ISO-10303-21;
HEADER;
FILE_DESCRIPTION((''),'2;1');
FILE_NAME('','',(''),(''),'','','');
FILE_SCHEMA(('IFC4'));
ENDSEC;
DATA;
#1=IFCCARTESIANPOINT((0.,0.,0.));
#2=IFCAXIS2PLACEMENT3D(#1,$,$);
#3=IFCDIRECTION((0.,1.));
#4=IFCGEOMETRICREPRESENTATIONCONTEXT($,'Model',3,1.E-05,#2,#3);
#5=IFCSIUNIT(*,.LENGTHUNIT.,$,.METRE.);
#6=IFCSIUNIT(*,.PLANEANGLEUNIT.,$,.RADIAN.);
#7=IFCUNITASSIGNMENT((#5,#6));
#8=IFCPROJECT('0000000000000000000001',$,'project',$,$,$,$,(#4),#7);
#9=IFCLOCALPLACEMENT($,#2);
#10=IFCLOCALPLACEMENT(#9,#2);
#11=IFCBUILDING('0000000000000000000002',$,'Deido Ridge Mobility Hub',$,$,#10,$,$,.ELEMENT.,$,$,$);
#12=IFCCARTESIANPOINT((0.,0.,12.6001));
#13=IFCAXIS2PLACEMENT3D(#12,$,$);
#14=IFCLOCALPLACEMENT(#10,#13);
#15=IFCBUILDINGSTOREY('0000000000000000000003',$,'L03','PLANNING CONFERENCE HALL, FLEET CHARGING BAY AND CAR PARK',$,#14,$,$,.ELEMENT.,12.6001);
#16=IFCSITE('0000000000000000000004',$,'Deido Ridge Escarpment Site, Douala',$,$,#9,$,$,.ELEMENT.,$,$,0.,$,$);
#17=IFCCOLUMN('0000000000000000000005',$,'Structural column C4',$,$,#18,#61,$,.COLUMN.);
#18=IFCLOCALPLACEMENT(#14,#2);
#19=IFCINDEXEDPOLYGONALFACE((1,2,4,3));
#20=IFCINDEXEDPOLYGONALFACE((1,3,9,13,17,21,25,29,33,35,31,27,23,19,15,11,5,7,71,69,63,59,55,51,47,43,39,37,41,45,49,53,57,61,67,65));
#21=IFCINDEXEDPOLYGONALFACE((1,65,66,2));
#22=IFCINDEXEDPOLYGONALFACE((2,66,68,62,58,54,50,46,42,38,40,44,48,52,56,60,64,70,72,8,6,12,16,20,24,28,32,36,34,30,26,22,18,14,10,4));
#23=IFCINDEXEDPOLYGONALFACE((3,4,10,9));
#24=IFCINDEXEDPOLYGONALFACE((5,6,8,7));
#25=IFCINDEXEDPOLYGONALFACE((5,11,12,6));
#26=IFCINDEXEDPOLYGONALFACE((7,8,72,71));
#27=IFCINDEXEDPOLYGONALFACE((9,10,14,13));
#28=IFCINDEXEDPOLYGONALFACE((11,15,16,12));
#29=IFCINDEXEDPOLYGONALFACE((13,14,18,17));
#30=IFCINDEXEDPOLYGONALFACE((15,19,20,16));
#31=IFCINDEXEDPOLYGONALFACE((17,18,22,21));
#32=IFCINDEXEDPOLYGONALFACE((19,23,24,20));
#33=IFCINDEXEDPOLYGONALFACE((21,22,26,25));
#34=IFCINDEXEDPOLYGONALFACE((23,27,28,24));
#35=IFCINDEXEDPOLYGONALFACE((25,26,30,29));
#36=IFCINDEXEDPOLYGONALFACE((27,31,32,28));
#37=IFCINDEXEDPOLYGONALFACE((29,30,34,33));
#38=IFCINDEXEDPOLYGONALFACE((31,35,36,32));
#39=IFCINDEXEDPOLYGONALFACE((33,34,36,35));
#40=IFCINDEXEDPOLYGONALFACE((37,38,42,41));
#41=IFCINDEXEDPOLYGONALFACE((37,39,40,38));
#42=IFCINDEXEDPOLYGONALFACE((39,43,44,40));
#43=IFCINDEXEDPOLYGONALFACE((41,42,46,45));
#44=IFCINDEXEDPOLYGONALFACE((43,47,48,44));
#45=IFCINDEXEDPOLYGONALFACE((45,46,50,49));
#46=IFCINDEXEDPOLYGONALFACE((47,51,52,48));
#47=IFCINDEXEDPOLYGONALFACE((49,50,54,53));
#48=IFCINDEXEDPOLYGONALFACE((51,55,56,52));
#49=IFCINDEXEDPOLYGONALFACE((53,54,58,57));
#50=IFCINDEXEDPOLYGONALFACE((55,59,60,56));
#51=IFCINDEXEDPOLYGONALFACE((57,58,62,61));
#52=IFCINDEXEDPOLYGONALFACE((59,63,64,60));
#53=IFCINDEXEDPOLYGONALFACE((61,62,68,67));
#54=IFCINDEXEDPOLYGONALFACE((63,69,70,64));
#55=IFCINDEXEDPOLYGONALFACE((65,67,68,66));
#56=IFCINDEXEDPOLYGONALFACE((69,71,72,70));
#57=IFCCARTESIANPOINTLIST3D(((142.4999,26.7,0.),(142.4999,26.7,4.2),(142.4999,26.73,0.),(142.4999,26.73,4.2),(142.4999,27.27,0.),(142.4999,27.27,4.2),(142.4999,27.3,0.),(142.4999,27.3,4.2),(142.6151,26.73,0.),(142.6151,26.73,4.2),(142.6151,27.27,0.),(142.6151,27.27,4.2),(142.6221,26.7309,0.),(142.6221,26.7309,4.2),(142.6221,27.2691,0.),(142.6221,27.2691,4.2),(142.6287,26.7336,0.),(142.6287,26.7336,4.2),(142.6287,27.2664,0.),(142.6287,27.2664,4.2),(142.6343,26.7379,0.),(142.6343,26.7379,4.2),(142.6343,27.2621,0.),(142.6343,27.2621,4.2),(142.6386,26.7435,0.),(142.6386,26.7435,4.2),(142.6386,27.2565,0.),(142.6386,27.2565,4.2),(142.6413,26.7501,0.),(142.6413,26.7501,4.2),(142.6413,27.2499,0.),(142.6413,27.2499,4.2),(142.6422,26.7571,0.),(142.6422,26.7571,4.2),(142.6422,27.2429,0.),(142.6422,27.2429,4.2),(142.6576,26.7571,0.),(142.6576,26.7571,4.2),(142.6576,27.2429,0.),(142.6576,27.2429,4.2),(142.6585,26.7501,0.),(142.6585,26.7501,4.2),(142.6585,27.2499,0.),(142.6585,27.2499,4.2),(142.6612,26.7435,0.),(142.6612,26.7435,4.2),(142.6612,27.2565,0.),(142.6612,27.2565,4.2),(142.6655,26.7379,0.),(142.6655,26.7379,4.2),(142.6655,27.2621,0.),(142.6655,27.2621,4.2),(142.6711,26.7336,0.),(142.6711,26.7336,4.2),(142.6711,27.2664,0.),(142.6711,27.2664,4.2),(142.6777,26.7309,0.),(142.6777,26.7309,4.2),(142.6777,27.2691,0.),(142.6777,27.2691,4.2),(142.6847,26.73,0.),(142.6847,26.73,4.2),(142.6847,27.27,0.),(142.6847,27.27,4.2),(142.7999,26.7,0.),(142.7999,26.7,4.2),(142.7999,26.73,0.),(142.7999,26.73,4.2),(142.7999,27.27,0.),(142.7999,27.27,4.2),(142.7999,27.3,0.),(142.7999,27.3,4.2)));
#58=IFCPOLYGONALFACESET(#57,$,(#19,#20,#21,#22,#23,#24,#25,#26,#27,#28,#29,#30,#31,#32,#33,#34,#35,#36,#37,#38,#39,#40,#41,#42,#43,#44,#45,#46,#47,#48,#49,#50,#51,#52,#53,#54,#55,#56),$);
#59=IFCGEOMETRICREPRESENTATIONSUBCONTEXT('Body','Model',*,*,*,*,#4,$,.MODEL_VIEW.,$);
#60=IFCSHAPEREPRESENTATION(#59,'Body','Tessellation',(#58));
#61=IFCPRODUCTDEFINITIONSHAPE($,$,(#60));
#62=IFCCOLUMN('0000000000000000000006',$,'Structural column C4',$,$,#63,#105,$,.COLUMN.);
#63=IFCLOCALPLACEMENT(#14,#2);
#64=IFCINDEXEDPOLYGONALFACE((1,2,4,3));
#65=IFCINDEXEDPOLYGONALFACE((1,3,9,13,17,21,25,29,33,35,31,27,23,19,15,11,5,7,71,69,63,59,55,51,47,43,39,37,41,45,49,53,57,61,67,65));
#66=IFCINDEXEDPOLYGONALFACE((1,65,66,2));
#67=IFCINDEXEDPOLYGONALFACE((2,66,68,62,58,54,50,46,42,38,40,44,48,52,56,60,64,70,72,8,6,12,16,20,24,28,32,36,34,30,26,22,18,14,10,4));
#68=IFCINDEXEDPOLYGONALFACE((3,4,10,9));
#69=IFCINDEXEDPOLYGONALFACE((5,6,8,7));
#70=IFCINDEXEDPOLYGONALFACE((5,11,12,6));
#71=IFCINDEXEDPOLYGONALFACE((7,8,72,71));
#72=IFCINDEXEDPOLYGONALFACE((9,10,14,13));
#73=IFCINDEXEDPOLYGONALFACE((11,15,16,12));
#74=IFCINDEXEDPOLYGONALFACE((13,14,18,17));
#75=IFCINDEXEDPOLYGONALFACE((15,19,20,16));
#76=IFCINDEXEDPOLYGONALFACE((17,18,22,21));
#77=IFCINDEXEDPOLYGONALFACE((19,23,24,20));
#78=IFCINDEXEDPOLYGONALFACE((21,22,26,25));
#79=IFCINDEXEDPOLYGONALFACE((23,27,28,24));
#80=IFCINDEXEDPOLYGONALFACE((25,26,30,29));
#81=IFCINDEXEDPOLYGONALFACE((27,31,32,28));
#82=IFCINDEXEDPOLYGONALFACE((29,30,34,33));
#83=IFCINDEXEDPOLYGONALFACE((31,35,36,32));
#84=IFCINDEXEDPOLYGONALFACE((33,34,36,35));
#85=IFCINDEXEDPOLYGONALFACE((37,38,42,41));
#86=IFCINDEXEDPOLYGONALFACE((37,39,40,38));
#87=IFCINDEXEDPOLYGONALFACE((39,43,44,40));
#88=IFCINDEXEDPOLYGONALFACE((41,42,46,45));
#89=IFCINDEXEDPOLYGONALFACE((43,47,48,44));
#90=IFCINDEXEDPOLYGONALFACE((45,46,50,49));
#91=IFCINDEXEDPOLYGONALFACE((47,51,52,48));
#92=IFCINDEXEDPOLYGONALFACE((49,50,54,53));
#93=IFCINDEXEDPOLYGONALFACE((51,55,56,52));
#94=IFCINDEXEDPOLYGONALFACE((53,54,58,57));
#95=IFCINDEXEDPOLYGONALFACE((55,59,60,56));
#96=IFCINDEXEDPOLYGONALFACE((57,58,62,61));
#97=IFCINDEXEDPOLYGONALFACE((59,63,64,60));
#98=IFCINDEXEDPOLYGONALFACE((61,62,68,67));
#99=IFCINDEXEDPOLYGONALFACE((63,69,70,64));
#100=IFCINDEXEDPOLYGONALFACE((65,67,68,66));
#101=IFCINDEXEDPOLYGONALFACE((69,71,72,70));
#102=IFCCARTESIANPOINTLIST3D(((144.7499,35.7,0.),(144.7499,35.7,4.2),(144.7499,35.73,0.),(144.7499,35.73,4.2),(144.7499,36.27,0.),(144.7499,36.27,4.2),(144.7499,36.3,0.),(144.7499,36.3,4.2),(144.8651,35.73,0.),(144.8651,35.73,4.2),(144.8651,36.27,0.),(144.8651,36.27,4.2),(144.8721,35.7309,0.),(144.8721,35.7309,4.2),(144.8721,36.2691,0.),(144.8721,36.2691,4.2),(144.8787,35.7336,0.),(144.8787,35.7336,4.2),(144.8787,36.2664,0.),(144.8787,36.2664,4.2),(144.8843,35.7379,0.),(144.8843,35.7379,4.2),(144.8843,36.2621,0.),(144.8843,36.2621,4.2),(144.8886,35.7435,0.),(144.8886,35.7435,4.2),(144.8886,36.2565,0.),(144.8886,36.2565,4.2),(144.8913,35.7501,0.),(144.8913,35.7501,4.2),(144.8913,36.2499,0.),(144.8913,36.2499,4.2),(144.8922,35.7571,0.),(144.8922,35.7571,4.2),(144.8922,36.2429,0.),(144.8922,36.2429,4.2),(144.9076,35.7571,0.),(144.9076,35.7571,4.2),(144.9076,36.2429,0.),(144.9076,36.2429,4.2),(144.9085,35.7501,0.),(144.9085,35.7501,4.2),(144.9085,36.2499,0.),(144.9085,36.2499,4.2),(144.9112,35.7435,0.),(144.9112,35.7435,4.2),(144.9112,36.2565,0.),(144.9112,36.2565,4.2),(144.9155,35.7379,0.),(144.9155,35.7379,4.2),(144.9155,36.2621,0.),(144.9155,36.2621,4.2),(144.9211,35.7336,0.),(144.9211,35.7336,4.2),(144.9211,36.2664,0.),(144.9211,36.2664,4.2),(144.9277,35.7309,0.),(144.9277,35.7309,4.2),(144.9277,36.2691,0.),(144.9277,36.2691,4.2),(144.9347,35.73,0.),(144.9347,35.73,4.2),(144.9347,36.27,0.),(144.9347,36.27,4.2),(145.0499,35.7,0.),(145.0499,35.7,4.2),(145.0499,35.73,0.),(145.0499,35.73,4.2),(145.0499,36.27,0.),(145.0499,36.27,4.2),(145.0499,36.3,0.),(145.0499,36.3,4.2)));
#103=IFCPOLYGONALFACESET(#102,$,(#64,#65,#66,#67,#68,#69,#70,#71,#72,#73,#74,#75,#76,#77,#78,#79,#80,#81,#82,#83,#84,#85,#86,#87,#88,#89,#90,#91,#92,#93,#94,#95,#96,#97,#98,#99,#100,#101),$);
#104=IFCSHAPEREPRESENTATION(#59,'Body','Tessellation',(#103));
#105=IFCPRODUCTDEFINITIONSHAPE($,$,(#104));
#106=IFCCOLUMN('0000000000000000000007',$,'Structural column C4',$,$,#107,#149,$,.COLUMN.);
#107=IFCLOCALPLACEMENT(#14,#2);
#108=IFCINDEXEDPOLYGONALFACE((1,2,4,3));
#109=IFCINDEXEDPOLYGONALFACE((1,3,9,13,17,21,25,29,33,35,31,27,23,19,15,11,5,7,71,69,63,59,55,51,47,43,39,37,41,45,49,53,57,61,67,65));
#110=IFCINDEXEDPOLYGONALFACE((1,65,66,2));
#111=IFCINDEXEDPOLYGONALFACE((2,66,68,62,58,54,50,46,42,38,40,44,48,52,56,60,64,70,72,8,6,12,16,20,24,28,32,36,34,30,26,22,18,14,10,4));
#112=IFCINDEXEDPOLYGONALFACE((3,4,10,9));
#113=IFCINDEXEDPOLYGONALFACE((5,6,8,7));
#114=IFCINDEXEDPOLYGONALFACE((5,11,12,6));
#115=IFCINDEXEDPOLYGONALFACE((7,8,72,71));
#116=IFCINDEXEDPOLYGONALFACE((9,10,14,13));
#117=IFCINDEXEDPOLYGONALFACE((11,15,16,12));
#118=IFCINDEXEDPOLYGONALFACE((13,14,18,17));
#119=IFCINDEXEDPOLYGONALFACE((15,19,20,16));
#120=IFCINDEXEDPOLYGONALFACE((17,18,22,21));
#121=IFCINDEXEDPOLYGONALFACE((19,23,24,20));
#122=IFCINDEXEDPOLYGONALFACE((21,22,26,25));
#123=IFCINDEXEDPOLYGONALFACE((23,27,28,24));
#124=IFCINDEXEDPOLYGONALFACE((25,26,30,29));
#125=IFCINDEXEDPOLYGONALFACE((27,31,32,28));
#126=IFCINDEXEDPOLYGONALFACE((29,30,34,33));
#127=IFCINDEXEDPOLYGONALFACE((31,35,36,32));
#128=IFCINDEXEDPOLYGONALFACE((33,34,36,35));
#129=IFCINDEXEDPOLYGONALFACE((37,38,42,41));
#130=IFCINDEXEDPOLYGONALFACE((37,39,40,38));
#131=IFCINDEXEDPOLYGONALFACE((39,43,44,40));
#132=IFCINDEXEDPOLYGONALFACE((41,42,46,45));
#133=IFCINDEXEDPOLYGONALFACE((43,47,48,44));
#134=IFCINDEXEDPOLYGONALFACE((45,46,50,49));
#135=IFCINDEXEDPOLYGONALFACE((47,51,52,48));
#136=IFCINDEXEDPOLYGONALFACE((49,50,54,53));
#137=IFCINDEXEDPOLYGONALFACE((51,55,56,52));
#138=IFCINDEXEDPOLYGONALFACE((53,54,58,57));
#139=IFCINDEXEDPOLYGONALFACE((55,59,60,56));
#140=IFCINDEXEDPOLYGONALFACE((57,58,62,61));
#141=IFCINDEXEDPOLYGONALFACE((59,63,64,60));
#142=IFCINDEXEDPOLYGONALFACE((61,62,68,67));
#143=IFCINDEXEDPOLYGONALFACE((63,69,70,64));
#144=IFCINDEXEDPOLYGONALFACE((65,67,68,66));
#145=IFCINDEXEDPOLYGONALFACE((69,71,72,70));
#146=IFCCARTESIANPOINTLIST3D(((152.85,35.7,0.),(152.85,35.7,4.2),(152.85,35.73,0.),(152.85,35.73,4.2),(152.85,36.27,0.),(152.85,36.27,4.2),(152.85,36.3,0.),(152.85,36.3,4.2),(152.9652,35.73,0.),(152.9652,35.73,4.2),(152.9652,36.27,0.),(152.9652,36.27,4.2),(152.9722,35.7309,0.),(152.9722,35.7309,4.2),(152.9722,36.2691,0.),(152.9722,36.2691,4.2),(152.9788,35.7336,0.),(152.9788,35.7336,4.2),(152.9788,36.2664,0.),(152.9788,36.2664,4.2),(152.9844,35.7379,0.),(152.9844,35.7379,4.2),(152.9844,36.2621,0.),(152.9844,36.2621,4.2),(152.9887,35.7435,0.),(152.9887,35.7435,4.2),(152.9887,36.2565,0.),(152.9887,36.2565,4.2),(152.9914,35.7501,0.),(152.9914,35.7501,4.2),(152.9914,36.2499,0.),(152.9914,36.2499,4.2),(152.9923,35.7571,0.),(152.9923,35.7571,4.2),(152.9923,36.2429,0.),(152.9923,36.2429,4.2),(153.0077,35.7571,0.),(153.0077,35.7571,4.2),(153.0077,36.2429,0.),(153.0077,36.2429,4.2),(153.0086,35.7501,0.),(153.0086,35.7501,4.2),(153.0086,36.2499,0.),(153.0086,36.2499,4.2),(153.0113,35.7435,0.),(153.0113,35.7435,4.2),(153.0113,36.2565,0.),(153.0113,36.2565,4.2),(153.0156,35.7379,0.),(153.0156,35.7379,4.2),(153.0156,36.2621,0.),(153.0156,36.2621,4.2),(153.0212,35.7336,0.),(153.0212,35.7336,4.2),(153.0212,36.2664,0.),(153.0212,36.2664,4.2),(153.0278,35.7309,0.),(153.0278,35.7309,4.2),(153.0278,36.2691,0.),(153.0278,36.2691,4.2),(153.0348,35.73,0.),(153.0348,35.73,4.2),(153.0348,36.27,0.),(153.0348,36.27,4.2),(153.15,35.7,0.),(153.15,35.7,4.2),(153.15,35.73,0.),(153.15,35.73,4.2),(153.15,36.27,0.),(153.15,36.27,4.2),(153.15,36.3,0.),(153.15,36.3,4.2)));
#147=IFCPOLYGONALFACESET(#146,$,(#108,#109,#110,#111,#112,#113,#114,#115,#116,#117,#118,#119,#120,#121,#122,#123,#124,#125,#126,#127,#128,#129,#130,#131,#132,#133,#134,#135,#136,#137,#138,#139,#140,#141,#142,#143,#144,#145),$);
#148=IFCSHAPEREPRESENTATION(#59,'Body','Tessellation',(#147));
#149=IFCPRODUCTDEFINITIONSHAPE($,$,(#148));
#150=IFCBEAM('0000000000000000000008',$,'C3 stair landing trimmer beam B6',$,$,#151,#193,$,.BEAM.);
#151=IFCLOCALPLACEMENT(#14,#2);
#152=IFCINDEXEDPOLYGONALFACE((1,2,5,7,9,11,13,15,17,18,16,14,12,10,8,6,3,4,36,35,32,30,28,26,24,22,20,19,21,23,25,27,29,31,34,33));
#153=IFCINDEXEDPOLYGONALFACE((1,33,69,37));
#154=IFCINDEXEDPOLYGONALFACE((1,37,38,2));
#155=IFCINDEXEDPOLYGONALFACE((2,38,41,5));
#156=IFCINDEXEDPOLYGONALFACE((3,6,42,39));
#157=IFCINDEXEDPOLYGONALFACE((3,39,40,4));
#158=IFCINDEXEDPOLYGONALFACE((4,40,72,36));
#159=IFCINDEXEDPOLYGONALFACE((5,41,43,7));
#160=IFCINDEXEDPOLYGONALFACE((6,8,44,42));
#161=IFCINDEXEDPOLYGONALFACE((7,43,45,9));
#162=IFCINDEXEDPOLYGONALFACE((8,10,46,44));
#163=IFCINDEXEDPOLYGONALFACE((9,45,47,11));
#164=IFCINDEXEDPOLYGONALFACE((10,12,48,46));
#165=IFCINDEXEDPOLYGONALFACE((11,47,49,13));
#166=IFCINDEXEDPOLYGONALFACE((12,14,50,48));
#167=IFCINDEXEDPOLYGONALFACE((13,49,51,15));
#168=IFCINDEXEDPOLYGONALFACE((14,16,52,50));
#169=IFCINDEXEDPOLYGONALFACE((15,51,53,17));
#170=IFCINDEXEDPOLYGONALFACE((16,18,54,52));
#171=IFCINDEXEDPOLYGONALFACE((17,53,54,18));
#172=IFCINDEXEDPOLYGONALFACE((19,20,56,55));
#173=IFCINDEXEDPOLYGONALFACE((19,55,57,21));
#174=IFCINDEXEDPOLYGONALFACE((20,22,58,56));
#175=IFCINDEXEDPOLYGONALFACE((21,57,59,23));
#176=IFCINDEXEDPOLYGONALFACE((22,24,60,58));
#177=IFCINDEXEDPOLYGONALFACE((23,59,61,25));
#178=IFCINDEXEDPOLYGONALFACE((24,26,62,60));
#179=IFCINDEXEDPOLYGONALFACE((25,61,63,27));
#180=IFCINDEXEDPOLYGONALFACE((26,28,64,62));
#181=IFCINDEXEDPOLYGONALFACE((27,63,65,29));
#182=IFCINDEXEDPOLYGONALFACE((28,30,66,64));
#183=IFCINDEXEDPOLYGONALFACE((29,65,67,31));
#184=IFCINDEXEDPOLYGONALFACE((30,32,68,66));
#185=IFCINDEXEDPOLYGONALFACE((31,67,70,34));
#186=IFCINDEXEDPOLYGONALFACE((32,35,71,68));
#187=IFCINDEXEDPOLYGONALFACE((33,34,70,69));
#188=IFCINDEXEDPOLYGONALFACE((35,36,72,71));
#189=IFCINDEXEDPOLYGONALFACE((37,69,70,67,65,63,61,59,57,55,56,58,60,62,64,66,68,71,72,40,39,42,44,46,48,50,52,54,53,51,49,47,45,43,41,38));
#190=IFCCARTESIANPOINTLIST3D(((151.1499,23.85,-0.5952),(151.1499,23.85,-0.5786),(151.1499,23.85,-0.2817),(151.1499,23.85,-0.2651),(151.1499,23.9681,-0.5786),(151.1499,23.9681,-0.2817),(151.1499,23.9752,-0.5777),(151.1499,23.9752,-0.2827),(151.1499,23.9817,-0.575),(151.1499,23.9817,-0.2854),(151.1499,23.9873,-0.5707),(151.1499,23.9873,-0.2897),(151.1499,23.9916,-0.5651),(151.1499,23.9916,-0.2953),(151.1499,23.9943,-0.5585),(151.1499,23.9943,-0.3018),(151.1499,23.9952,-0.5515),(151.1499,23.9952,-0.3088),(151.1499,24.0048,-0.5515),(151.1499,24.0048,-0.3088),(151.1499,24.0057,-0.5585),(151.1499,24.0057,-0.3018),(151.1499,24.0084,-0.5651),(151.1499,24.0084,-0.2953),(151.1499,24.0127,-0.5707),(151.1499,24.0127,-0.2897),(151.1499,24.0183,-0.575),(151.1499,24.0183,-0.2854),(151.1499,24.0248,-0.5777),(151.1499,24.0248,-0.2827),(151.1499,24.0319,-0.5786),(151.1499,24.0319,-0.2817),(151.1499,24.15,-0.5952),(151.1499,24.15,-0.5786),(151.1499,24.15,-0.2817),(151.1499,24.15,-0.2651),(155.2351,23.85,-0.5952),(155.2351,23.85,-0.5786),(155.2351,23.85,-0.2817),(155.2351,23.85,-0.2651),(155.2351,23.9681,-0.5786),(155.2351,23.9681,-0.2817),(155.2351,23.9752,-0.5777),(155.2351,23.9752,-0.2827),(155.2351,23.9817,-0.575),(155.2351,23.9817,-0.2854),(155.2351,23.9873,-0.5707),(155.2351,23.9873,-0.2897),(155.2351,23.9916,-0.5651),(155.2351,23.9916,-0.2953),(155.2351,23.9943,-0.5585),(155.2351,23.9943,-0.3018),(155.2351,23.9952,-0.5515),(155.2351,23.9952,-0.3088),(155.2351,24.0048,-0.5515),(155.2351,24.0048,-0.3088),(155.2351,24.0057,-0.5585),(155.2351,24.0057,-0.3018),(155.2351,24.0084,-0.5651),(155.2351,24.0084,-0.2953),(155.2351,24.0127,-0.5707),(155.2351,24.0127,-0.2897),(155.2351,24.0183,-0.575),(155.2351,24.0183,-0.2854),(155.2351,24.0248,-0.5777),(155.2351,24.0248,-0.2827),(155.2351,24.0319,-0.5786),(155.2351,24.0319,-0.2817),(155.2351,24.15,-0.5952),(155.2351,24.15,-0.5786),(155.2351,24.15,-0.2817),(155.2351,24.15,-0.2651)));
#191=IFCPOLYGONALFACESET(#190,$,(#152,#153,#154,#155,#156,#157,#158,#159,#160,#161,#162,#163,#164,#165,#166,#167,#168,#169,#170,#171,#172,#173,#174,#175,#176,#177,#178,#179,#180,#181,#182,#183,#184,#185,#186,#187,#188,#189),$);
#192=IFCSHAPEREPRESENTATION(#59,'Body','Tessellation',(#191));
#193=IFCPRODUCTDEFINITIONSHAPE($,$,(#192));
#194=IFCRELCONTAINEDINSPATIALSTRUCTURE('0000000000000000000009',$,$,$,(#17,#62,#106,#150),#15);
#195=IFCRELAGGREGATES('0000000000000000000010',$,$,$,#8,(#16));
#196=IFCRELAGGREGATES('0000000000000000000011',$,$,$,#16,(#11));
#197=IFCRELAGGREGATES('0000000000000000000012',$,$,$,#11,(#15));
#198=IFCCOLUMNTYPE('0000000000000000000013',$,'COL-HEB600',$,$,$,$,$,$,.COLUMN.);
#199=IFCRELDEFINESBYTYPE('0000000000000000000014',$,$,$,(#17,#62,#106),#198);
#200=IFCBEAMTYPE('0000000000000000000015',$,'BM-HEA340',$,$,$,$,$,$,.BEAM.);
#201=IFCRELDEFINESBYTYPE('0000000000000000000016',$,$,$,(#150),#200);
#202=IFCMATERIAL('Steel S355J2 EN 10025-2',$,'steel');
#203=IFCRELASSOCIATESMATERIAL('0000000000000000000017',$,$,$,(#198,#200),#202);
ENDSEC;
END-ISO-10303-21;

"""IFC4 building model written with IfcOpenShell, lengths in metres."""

from ifc_helpers import new_model, si_unit, direction, frame, origin, origin_2d, place, context, subcontext, project, spatial, i_section, extrude, material, material_profile, profile_set, type_object, element, save


model = new_model("IFC4")

# Units and contexts
model_context = context("Model", 3, precision=1e-05, world=origin(), true_north=direction((0.0, 1.0)))
body_context = subcontext(model_context, "Body", "Model", "MODEL_VIEW")
ifc_project = project(units=[si_unit("LENGTHUNIT", "METRE"), si_unit("PLANEANGLEUNIT", "RADIAN")], contexts=[model_context])

# Site, building, storey
site_placement = place(None, origin())
site = spatial("IfcSite", under=ifc_project, at=site_placement, Name="Deido Ridge Escarpment Site, Douala", CompositionType="ELEMENT", RefElevation=0.0)
building_placement = place(site_placement, origin())
building = spatial("IfcBuilding", under=site, at=building_placement, Name="Deido Ridge Mobility Hub", CompositionType="ELEMENT")
storey_placement = place(building_placement, frame((0.0, 0.0, 12.6001)))
storey = spatial("IfcBuildingStorey", under=building, at=storey_placement, Name="L03", Description="PLANNING CONFERENCE HALL, FLEET CHARGING BAY AND CAR PARK", CompositionType="ELEMENT", Elevation=12.6001)

# Columns
ifc_material_1 = material(Name="Steel S355J2 EN 10025-2", Category="steel")
ifc_material_profile_1 = material_profile(ifc_material_1, i_section(OverallWidth=0.3, OverallDepth=0.6001, WebThickness=0.0154, FlangeThickness=0.03, FilletRadius=0.0271, at=origin_2d()), Name="HEB 600")
ifc_profile_set_1 = profile_set([ifc_material_profile_1], Name="Steel S355J2 EN 10025-2")
column_type_1 = type_object("IfcColumnType", Name="COL-HEB600", PredefinedType="COLUMN", material=ifc_profile_set_1)
for number, where, z_axis, x_axis, name in (
    (1, (142.6499, 27.0, 0.0), (0.0, 0.0, 1.0), (1.0, 0.0, 0.0), "Structural column C4"),
    (2, (144.8999, 36.0, 0.0), (0.0, 0.0, 1.0), (1.0, 0.0, 0.0), "Structural column C4"),
    (3, (153.0, 36.0, 0.0), (0.0, 0.0, 1.0), (1.0, 0.0, 0.0), "Structural column C4"),
):
    element("IfcColumn", number, at=place(storey_placement, frame(where, z_axis=z_axis, x_axis=x_axis)), inside=storey, type_object=column_type_1, Name=name, PredefinedType="COLUMN", context=body_context, shape_type="SweptSolid", body=[
        extrude(i_section(OverallWidth=0.3, OverallDepth=0.6001, WebThickness=0.0154, FlangeThickness=0.03, FilletRadius=0.0271, at=origin_2d()), origin(), (0.0, 0.0, 1.0), 4.2),
    ])

# Beam
ifc_material_profile_2 = material_profile(ifc_material_1, i_section(OverallWidth=0.3, OverallDepth=0.3301, WebThickness=0.0095, FlangeThickness=0.0166, FilletRadius=0.0271, at=origin_2d()), Name="HEA 340")
ifc_profile_set_2 = profile_set([ifc_material_profile_2], Name="Steel S355J2 EN 10025-2")
beam_type_1 = type_object("IfcBeamType", Name="BM-HEA340", PredefinedType="BEAM", material=ifc_profile_set_2)
beam_1_placement = place(storey_placement, frame((151.1499, 24.0, -0.4302), z_axis=(1.0, 0.0, 0.0), x_axis=(0.0, 1.0, 0.0)))
element("IfcBeam", 4, at=beam_1_placement, inside=storey, type_object=beam_type_1, Name="C3 stair landing trimmer beam B6", PredefinedType="BEAM", context=body_context, shape_type="SweptSolid", body=[
    extrude(i_section(OverallWidth=0.3, OverallDepth=0.3301, WebThickness=0.0095, FlangeThickness=0.0166, FilletRadius=0.0271, at=origin_2d()), origin(), (0.0, 0.0, 1.0), 4.0852),
])

save(model, "model.ifc")
